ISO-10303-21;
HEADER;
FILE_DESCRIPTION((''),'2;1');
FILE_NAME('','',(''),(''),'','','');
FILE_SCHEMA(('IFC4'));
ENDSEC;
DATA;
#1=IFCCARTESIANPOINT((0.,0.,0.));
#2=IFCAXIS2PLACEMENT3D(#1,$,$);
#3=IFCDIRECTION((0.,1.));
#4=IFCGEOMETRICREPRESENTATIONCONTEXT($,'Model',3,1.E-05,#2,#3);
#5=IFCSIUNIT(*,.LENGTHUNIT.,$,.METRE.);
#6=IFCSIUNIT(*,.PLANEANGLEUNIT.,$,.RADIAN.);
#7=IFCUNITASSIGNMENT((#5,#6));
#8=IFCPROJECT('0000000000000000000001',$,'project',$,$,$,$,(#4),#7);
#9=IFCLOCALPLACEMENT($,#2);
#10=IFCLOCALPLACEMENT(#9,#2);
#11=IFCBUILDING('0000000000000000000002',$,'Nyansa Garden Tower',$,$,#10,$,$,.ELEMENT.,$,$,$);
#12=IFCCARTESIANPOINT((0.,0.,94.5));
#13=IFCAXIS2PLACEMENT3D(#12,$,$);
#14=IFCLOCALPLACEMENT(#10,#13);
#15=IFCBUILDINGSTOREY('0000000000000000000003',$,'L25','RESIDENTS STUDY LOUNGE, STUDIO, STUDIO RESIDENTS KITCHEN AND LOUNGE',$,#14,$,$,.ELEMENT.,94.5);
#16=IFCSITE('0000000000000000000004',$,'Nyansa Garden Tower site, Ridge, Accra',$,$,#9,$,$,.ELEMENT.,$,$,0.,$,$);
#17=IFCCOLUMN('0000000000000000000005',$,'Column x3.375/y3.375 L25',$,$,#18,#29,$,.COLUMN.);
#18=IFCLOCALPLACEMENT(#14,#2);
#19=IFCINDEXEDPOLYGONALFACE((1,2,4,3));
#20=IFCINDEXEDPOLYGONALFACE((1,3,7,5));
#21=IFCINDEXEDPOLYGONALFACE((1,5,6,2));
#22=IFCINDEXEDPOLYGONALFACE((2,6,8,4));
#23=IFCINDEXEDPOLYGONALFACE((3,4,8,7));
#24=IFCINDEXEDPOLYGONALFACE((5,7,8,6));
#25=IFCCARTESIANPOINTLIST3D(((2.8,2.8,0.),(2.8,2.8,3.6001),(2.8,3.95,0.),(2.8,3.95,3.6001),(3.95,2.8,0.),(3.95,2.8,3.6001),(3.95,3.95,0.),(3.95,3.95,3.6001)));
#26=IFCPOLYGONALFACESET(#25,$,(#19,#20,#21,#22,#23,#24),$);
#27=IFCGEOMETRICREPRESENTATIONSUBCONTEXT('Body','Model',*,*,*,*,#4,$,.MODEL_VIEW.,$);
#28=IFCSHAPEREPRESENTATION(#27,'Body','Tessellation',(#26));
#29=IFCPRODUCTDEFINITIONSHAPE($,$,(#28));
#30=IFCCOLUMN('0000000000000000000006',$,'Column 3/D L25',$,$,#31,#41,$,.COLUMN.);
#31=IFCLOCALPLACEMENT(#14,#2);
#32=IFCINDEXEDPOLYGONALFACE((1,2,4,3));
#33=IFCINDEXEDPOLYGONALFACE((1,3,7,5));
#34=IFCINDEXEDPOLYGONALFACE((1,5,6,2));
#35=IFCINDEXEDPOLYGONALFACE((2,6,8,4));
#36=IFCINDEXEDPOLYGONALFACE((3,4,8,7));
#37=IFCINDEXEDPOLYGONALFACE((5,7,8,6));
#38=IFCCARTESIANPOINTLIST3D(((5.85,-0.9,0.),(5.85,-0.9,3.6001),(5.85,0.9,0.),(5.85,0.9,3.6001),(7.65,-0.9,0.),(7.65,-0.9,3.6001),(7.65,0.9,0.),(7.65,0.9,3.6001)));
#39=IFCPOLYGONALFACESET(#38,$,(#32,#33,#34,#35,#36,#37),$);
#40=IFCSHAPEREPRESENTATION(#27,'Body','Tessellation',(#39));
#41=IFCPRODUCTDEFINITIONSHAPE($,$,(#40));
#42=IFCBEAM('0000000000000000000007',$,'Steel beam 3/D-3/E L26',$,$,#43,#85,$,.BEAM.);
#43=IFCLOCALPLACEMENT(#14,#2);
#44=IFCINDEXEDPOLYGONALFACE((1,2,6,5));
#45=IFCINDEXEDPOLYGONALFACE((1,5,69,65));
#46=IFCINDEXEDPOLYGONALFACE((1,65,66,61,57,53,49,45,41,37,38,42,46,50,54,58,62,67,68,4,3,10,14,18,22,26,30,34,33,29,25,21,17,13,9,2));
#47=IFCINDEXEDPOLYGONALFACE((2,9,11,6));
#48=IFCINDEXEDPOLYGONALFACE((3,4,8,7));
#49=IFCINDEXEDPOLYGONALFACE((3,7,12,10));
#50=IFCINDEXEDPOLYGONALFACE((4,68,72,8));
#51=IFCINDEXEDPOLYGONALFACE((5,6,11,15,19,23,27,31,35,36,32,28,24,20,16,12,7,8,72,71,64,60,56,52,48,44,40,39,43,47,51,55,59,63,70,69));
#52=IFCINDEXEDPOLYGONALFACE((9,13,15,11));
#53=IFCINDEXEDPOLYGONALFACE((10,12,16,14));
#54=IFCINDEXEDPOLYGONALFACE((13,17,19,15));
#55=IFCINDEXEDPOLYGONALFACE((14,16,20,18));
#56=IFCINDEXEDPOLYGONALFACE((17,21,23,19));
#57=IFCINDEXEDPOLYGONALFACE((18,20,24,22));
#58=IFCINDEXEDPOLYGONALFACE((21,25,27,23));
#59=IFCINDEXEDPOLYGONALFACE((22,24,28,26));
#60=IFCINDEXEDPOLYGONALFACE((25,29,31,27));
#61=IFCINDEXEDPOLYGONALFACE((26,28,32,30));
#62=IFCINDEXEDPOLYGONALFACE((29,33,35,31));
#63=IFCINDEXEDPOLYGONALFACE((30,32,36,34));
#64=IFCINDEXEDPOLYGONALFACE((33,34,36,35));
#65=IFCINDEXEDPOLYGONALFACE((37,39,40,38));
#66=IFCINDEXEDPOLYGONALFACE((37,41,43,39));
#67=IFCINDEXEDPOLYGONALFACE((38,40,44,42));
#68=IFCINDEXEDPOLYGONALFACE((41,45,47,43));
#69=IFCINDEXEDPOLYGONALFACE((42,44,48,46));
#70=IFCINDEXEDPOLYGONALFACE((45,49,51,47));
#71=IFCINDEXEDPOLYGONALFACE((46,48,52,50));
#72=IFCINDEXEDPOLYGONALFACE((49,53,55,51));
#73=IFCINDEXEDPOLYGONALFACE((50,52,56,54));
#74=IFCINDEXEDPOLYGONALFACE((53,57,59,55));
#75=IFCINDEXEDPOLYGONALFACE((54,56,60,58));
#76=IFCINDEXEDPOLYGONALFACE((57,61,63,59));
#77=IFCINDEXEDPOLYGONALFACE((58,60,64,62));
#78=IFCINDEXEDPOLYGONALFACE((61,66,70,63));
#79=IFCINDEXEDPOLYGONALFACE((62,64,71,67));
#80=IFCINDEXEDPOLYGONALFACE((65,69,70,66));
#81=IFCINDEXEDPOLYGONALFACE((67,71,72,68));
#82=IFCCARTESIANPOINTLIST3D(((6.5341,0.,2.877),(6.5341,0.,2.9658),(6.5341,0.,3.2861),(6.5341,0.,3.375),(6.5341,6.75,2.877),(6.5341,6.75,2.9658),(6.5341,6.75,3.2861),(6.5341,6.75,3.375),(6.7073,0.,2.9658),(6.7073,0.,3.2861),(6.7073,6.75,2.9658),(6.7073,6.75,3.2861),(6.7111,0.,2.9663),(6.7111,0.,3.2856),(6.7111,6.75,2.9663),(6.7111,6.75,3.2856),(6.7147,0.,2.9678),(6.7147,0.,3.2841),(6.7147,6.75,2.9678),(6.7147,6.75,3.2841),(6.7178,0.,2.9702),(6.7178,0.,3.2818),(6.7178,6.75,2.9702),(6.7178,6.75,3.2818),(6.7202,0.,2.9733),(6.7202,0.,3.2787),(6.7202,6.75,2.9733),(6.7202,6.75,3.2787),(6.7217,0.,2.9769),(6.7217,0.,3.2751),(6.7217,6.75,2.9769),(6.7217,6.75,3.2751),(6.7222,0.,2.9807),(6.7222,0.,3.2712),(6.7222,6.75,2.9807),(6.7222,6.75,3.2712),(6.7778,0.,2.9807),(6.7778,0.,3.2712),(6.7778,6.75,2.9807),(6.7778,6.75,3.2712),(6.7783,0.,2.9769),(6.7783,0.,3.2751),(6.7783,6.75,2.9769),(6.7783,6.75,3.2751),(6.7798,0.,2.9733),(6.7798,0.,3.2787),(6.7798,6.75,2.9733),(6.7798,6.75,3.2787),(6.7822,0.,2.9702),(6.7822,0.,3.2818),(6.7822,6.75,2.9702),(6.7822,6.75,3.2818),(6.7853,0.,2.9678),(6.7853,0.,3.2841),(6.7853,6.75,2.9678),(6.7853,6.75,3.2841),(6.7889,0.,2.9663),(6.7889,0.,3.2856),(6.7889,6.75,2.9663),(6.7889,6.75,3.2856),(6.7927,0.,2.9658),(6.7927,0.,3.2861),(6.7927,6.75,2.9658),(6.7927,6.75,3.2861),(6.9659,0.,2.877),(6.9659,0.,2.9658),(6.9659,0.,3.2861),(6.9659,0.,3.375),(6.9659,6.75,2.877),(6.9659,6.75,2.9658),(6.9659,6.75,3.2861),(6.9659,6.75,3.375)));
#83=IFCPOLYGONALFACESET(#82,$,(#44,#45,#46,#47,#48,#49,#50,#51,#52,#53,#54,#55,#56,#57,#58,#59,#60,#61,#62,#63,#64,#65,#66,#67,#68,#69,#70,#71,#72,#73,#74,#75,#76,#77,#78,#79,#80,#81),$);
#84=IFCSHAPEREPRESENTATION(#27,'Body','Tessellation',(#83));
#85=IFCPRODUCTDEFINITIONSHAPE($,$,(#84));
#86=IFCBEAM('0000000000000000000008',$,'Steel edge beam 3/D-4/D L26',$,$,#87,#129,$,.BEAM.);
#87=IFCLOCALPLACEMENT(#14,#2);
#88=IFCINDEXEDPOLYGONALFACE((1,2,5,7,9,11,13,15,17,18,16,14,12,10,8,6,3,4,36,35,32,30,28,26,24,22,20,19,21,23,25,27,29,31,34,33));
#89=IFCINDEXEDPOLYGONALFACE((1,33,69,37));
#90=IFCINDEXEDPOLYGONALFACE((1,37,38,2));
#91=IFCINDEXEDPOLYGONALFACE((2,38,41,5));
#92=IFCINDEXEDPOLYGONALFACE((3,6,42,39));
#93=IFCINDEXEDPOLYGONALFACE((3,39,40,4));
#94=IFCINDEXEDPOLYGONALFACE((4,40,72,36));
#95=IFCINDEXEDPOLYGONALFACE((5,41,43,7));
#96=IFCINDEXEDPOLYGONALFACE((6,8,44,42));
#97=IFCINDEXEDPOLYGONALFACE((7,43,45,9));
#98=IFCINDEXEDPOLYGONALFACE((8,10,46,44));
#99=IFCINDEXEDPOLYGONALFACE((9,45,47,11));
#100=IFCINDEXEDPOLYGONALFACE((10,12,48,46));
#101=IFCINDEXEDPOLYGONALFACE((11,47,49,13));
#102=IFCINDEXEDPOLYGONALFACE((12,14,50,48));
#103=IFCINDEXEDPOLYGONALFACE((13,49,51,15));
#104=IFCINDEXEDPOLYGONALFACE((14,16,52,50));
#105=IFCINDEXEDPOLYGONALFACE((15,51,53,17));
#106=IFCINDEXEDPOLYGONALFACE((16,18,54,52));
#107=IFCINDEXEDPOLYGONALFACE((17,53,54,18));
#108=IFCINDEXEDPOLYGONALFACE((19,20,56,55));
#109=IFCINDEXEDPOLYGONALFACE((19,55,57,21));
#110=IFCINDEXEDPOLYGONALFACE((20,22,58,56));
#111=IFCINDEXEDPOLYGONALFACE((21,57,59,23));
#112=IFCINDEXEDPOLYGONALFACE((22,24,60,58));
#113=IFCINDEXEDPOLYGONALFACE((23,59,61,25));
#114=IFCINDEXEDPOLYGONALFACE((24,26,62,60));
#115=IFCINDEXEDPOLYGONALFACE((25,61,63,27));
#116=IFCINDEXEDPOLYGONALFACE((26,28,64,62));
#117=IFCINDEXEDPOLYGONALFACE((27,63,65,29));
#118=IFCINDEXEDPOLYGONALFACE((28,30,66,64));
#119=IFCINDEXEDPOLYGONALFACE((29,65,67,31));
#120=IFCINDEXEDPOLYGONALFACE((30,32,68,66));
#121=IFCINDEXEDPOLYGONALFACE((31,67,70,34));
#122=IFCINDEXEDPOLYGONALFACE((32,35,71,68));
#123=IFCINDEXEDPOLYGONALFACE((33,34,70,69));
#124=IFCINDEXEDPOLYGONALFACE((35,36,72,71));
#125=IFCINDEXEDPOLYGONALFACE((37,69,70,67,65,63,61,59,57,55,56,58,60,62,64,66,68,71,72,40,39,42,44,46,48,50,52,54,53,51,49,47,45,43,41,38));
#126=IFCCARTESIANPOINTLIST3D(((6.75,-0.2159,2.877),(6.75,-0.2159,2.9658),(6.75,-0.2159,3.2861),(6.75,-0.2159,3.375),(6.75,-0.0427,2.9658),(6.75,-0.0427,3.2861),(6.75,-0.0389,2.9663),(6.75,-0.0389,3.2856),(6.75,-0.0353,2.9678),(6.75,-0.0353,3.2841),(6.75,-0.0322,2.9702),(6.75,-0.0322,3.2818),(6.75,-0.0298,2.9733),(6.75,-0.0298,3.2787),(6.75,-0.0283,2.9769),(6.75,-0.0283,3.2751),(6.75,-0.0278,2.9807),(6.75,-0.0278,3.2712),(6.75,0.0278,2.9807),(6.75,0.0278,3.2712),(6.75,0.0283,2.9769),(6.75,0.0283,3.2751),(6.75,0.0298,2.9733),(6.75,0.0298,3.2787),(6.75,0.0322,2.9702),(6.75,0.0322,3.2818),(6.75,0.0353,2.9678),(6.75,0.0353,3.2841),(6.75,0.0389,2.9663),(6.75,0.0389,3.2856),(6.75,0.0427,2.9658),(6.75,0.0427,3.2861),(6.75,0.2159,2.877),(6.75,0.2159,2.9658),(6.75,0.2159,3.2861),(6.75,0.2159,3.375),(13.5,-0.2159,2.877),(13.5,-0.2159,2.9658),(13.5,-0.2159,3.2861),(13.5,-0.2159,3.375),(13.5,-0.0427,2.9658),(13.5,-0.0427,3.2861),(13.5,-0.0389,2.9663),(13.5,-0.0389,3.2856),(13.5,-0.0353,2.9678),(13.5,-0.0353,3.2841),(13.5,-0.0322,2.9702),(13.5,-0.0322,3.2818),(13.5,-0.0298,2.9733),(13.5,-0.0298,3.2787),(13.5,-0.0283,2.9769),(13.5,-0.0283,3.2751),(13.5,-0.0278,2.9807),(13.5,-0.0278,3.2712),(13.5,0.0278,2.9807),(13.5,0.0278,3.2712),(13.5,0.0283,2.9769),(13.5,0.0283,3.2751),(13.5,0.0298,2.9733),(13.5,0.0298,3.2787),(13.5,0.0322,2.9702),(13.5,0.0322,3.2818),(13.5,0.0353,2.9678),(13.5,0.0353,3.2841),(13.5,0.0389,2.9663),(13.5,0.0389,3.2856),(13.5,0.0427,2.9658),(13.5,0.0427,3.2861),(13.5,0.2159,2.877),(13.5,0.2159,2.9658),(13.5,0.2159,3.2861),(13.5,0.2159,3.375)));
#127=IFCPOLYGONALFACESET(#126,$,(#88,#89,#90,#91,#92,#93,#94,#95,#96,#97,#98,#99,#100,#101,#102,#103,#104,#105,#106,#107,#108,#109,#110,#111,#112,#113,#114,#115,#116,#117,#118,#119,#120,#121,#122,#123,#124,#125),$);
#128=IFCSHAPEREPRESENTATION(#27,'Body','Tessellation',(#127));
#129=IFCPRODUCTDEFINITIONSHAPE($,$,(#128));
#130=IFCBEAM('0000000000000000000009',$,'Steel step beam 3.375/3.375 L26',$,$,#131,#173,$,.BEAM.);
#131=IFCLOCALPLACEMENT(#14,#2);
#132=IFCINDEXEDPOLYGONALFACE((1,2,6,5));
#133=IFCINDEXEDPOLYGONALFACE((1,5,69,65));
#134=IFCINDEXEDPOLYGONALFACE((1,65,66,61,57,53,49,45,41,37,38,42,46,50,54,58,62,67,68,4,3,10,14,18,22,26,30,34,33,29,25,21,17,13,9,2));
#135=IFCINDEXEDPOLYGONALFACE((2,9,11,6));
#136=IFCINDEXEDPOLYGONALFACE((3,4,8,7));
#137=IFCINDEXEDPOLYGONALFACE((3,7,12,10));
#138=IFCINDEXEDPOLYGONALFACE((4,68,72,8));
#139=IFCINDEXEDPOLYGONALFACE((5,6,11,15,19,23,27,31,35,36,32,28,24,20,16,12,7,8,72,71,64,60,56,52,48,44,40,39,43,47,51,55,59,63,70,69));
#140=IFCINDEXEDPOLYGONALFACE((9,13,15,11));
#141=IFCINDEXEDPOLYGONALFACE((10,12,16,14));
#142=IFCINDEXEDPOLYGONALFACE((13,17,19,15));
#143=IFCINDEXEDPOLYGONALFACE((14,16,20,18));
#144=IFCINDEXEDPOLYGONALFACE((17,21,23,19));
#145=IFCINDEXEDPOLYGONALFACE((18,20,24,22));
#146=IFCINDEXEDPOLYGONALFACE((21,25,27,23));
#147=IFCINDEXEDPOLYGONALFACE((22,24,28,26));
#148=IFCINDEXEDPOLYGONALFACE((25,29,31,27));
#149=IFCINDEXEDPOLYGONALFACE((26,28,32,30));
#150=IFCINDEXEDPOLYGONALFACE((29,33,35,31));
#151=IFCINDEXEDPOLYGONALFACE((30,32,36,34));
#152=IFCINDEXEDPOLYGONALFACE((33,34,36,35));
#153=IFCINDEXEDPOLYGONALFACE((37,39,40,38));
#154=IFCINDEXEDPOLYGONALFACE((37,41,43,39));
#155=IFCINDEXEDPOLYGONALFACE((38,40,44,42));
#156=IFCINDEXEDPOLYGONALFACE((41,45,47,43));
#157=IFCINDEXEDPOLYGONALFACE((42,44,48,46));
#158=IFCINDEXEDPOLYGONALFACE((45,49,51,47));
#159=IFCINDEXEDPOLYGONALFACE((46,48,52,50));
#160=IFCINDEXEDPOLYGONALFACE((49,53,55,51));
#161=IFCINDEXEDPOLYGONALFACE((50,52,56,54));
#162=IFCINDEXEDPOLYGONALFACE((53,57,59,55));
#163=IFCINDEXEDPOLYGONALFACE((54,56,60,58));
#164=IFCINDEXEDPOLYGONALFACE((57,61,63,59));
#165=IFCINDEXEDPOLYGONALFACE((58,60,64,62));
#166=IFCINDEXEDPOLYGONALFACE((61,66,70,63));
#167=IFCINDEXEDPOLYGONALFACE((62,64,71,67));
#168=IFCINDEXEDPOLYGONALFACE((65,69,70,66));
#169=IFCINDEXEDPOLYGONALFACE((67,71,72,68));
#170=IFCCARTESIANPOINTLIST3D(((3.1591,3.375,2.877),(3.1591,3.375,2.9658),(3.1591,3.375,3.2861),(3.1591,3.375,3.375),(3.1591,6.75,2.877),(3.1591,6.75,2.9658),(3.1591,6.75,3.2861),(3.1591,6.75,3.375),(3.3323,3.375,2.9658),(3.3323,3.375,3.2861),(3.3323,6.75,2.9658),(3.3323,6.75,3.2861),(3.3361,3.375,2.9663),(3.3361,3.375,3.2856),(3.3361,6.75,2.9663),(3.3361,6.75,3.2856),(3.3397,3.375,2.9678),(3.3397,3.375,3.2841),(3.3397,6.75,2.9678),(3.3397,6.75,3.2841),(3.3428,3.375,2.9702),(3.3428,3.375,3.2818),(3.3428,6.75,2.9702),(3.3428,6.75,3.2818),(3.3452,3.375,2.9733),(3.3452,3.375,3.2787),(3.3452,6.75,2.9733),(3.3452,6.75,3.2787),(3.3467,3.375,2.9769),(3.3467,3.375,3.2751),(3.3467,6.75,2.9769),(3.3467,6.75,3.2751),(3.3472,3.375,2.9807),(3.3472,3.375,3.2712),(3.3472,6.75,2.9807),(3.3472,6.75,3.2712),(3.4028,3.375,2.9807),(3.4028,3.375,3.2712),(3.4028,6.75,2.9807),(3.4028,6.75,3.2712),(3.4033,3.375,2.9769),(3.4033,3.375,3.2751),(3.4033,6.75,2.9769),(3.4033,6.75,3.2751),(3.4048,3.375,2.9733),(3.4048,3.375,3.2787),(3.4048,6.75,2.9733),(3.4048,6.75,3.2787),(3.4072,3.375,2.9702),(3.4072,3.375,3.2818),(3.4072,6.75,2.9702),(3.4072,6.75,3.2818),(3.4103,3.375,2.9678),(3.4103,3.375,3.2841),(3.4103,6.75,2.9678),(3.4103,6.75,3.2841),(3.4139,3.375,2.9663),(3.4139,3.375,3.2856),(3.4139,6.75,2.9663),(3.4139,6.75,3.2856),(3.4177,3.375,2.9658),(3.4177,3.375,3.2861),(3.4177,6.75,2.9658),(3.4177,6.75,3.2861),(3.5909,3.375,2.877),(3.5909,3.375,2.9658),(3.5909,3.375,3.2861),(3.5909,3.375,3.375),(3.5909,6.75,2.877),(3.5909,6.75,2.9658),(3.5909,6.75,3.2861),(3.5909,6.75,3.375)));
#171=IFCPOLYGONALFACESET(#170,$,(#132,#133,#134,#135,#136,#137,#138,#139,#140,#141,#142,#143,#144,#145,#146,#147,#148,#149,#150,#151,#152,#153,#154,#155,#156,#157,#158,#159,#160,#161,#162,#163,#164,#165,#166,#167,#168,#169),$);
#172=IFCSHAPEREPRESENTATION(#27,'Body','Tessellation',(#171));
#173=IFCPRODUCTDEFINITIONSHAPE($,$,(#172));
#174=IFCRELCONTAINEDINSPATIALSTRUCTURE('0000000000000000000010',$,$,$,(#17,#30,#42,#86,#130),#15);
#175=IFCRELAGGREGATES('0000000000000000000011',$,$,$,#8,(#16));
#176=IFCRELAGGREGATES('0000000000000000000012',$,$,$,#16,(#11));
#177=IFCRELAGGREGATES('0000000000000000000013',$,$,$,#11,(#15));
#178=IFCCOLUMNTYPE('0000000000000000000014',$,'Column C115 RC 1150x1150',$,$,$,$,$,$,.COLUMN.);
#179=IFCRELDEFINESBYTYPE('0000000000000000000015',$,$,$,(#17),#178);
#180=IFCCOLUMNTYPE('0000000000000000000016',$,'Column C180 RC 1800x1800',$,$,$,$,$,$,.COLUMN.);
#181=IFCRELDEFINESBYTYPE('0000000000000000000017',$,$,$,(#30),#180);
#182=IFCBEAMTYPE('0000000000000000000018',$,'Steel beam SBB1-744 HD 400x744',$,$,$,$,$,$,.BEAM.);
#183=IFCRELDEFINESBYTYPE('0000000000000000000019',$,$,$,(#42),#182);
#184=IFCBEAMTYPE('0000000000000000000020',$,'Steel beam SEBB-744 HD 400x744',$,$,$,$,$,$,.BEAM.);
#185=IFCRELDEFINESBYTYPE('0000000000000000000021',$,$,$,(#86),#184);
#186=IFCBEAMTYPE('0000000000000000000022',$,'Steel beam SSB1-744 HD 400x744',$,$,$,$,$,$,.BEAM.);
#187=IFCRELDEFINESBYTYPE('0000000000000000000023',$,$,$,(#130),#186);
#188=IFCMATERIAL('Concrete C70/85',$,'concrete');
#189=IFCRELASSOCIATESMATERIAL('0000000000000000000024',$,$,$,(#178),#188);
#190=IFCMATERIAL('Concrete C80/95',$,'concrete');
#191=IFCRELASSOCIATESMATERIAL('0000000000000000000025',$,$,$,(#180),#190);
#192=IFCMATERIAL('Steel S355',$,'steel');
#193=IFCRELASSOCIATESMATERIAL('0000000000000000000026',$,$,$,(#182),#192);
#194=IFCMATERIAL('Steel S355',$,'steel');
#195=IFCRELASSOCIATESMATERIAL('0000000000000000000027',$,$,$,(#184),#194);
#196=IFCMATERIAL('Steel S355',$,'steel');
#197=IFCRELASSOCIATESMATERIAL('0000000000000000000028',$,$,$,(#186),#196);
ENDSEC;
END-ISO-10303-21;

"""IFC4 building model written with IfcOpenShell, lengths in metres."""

from ifc_helpers import new_model, si_unit, direction, frame, origin, origin_2d, place, context, subcontext, project, spatial, rectangle, i_section, extrude, material, material_profile, profile_set, type_object, element, save


model = new_model("IFC4")

# Units and contexts
model_context = context("Model", 3, precision=1e-05, world=origin(), true_north=direction((0.0, 1.0)))
body_context = subcontext(model_context, "Body", "Model", "MODEL_VIEW")
ifc_project = project(units=[si_unit("LENGTHUNIT", "METRE"), si_unit("PLANEANGLEUNIT", "RADIAN")], contexts=[model_context])

# Site, building, storey
site_placement = place(None, origin())
site = spatial("IfcSite", under=ifc_project, at=site_placement, Name="Nyansa Garden Tower site, Ridge, Accra", CompositionType="ELEMENT", RefElevation=0.0)
building_placement = place(site_placement, origin())
building = spatial("IfcBuilding", under=site, at=building_placement, Name="Nyansa Garden Tower", CompositionType="ELEMENT")
storey_placement = place(building_placement, frame((0.0, 0.0, 94.5)))
storey = spatial("IfcBuildingStorey", under=building, at=storey_placement, Name="L25", Description="RESIDENTS STUDY LOUNGE, STUDIO, STUDIO RESIDENTS KITCHEN AND LOUNGE", CompositionType="ELEMENT", Elevation=94.5)

# Columns
ifc_material_1 = material(Name="Concrete C70/85", Category="concrete")
ifc_material_profile_1 = material_profile(ifc_material_1, rectangle(XDim=1.1499, YDim=1.1499, at=origin_2d()), Name="RC 1150x1150")
ifc_profile_set_1 = profile_set([ifc_material_profile_1], Name="Concrete C70/85")
column_type_1 = type_object("IfcColumnType", Name="Column C115 RC 1150x1150", PredefinedType="COLUMN", material=ifc_profile_set_1)
column_1_placement = place(storey_placement, frame((3.375, 3.375, 0.0), z_axis=(0.0, 0.0, 1.0), x_axis=(1.0, 0.0, 0.0)))
element("IfcColumn", 1, at=column_1_placement, inside=storey, type_object=column_type_1, Name="Column x3.375/y3.375 L25", PredefinedType="COLUMN", context=body_context, shape_type="SweptSolid", body=[
    extrude(rectangle(XDim=1.1499, YDim=1.1499, at=origin_2d()), origin(), (0.0, 0.0, 1.0), 3.6001),
])
ifc_material_2 = material(Name="Concrete C80/95", Category="concrete")
ifc_material_profile_2 = material_profile(ifc_material_2, rectangle(XDim=1.8, YDim=1.8, at=origin_2d()), Name="RC 1800x1800")
ifc_profile_set_2 = profile_set([ifc_material_profile_2], Name="Concrete C80/95")
column_type_2 = type_object("IfcColumnType", Name="Column C180 RC 1800x1800", PredefinedType="COLUMN", material=ifc_profile_set_2)
column_2_placement = place(storey_placement, frame((6.75, 0.0, 0.0), z_axis=(0.0, 0.0, 1.0), x_axis=(1.0, 0.0, 0.0)))
element("IfcColumn", 2, at=column_2_placement, inside=storey, type_object=column_type_2, Name="Column 3/D L25", PredefinedType="COLUMN", context=body_context, shape_type="SweptSolid", body=[
    extrude(rectangle(XDim=1.8, YDim=1.8, at=origin_2d()), origin(), (0.0, 0.0, 1.0), 3.6001),
])

# Beams
ifc_material_3 = material(Name="Steel S355", Category="steel")
ifc_material_profile_3 = material_profile(ifc_material_3, i_section(OverallWidth=0.4319, OverallDepth=0.498, WebThickness=0.0557, FlangeThickness=0.0889, FilletRadius=0.0149, at=origin_2d()), Name="HD 400x744")
ifc_profile_set_3 = profile_set([ifc_material_profile_3], Name="Steel S355")
beam_type_1 = type_object("IfcBeamType", Name="Steel beam SBB1-744 HD 400x744", PredefinedType="BEAM", material=ifc_profile_set_3)
beam_1_placement = place(storey_placement, frame((6.75, 0.0, 3.126), z_axis=(0.0, 1.0, 0.0), x_axis=(-1.0, 0.0, 0.0)))
element("IfcBeam", 3, at=beam_1_placement, inside=storey, type_object=beam_type_1, Name="Steel beam 3/D-3/E L26", PredefinedType="BEAM", context=body_context, shape_type="SweptSolid", body=[
    extrude(i_section(OverallWidth=0.4319, OverallDepth=0.498, WebThickness=0.0557, FlangeThickness=0.0889, FilletRadius=0.0149, at=origin_2d()), origin(), (0.0, 0.0, 1.0), 6.75),
])
ifc_material_4 = material(Name="Steel S355", Category="steel")
ifc_material_profile_4 = material_profile(ifc_material_4, i_section(OverallWidth=0.4319, OverallDepth=0.498, WebThickness=0.0557, FlangeThickness=0.0889, FilletRadius=0.0149, at=origin_2d()), Name="HD 400x744")
ifc_profile_set_4 = profile_set([ifc_material_profile_4], Name="Steel S355")
beam_type_2 = type_object("IfcBeamType", Name="Steel beam SEBB-744 HD 400x744", PredefinedType="BEAM", material=ifc_profile_set_4)
beam_2_placement = place(storey_placement, frame((6.75, 0.0, 3.126), z_axis=(1.0, 0.0, 0.0), x_axis=(0.0, 1.0, 0.0)))
element("IfcBeam", 4, at=beam_2_placement, inside=storey, type_object=beam_type_2, Name="Steel edge beam 3/D-4/D L26", PredefinedType="BEAM", context=body_context, shape_type="SweptSolid", body=[
    extrude(i_section(OverallWidth=0.4319, OverallDepth=0.498, WebThickness=0.0557, FlangeThickness=0.0889, FilletRadius=0.0149, at=origin_2d()), origin(), (0.0, 0.0, 1.0), 6.75),
])
ifc_material_5 = material(Name="Steel S355", Category="steel")
ifc_material_profile_5 = material_profile(ifc_material_5, i_section(OverallWidth=0.4319, OverallDepth=0.498, WebThickness=0.0557, FlangeThickness=0.0889, FilletRadius=0.0149, at=origin_2d()), Name="HD 400x744")
ifc_profile_set_5 = profile_set([ifc_material_profile_5], Name="Steel S355")
beam_type_3 = type_object("IfcBeamType", Name="Steel beam SSB1-744 HD 400x744", PredefinedType="BEAM", material=ifc_profile_set_5)
for number, where, z_axis, x_axis, name in (
    (5, (3.375, 3.375, 3.126), (0.0, 1.0, 0.0), (-1.0, 0.0, 0.0), "Steel step beam 3.375/3.375 L26"),
):
    element("IfcBeam", number, at=place(storey_placement, frame(where, z_axis=z_axis, x_axis=x_axis)), inside=storey, type_object=beam_type_3, Name=name, PredefinedType="BEAM", context=body_context, shape_type="SweptSolid", body=[
        extrude(i_section(OverallWidth=0.4319, OverallDepth=0.498, WebThickness=0.0557, FlangeThickness=0.0889, FilletRadius=0.0149, at=origin_2d()), origin(), (0.0, 0.0, 1.0), 3.375),
    ])

save(model, "model.ifc")
